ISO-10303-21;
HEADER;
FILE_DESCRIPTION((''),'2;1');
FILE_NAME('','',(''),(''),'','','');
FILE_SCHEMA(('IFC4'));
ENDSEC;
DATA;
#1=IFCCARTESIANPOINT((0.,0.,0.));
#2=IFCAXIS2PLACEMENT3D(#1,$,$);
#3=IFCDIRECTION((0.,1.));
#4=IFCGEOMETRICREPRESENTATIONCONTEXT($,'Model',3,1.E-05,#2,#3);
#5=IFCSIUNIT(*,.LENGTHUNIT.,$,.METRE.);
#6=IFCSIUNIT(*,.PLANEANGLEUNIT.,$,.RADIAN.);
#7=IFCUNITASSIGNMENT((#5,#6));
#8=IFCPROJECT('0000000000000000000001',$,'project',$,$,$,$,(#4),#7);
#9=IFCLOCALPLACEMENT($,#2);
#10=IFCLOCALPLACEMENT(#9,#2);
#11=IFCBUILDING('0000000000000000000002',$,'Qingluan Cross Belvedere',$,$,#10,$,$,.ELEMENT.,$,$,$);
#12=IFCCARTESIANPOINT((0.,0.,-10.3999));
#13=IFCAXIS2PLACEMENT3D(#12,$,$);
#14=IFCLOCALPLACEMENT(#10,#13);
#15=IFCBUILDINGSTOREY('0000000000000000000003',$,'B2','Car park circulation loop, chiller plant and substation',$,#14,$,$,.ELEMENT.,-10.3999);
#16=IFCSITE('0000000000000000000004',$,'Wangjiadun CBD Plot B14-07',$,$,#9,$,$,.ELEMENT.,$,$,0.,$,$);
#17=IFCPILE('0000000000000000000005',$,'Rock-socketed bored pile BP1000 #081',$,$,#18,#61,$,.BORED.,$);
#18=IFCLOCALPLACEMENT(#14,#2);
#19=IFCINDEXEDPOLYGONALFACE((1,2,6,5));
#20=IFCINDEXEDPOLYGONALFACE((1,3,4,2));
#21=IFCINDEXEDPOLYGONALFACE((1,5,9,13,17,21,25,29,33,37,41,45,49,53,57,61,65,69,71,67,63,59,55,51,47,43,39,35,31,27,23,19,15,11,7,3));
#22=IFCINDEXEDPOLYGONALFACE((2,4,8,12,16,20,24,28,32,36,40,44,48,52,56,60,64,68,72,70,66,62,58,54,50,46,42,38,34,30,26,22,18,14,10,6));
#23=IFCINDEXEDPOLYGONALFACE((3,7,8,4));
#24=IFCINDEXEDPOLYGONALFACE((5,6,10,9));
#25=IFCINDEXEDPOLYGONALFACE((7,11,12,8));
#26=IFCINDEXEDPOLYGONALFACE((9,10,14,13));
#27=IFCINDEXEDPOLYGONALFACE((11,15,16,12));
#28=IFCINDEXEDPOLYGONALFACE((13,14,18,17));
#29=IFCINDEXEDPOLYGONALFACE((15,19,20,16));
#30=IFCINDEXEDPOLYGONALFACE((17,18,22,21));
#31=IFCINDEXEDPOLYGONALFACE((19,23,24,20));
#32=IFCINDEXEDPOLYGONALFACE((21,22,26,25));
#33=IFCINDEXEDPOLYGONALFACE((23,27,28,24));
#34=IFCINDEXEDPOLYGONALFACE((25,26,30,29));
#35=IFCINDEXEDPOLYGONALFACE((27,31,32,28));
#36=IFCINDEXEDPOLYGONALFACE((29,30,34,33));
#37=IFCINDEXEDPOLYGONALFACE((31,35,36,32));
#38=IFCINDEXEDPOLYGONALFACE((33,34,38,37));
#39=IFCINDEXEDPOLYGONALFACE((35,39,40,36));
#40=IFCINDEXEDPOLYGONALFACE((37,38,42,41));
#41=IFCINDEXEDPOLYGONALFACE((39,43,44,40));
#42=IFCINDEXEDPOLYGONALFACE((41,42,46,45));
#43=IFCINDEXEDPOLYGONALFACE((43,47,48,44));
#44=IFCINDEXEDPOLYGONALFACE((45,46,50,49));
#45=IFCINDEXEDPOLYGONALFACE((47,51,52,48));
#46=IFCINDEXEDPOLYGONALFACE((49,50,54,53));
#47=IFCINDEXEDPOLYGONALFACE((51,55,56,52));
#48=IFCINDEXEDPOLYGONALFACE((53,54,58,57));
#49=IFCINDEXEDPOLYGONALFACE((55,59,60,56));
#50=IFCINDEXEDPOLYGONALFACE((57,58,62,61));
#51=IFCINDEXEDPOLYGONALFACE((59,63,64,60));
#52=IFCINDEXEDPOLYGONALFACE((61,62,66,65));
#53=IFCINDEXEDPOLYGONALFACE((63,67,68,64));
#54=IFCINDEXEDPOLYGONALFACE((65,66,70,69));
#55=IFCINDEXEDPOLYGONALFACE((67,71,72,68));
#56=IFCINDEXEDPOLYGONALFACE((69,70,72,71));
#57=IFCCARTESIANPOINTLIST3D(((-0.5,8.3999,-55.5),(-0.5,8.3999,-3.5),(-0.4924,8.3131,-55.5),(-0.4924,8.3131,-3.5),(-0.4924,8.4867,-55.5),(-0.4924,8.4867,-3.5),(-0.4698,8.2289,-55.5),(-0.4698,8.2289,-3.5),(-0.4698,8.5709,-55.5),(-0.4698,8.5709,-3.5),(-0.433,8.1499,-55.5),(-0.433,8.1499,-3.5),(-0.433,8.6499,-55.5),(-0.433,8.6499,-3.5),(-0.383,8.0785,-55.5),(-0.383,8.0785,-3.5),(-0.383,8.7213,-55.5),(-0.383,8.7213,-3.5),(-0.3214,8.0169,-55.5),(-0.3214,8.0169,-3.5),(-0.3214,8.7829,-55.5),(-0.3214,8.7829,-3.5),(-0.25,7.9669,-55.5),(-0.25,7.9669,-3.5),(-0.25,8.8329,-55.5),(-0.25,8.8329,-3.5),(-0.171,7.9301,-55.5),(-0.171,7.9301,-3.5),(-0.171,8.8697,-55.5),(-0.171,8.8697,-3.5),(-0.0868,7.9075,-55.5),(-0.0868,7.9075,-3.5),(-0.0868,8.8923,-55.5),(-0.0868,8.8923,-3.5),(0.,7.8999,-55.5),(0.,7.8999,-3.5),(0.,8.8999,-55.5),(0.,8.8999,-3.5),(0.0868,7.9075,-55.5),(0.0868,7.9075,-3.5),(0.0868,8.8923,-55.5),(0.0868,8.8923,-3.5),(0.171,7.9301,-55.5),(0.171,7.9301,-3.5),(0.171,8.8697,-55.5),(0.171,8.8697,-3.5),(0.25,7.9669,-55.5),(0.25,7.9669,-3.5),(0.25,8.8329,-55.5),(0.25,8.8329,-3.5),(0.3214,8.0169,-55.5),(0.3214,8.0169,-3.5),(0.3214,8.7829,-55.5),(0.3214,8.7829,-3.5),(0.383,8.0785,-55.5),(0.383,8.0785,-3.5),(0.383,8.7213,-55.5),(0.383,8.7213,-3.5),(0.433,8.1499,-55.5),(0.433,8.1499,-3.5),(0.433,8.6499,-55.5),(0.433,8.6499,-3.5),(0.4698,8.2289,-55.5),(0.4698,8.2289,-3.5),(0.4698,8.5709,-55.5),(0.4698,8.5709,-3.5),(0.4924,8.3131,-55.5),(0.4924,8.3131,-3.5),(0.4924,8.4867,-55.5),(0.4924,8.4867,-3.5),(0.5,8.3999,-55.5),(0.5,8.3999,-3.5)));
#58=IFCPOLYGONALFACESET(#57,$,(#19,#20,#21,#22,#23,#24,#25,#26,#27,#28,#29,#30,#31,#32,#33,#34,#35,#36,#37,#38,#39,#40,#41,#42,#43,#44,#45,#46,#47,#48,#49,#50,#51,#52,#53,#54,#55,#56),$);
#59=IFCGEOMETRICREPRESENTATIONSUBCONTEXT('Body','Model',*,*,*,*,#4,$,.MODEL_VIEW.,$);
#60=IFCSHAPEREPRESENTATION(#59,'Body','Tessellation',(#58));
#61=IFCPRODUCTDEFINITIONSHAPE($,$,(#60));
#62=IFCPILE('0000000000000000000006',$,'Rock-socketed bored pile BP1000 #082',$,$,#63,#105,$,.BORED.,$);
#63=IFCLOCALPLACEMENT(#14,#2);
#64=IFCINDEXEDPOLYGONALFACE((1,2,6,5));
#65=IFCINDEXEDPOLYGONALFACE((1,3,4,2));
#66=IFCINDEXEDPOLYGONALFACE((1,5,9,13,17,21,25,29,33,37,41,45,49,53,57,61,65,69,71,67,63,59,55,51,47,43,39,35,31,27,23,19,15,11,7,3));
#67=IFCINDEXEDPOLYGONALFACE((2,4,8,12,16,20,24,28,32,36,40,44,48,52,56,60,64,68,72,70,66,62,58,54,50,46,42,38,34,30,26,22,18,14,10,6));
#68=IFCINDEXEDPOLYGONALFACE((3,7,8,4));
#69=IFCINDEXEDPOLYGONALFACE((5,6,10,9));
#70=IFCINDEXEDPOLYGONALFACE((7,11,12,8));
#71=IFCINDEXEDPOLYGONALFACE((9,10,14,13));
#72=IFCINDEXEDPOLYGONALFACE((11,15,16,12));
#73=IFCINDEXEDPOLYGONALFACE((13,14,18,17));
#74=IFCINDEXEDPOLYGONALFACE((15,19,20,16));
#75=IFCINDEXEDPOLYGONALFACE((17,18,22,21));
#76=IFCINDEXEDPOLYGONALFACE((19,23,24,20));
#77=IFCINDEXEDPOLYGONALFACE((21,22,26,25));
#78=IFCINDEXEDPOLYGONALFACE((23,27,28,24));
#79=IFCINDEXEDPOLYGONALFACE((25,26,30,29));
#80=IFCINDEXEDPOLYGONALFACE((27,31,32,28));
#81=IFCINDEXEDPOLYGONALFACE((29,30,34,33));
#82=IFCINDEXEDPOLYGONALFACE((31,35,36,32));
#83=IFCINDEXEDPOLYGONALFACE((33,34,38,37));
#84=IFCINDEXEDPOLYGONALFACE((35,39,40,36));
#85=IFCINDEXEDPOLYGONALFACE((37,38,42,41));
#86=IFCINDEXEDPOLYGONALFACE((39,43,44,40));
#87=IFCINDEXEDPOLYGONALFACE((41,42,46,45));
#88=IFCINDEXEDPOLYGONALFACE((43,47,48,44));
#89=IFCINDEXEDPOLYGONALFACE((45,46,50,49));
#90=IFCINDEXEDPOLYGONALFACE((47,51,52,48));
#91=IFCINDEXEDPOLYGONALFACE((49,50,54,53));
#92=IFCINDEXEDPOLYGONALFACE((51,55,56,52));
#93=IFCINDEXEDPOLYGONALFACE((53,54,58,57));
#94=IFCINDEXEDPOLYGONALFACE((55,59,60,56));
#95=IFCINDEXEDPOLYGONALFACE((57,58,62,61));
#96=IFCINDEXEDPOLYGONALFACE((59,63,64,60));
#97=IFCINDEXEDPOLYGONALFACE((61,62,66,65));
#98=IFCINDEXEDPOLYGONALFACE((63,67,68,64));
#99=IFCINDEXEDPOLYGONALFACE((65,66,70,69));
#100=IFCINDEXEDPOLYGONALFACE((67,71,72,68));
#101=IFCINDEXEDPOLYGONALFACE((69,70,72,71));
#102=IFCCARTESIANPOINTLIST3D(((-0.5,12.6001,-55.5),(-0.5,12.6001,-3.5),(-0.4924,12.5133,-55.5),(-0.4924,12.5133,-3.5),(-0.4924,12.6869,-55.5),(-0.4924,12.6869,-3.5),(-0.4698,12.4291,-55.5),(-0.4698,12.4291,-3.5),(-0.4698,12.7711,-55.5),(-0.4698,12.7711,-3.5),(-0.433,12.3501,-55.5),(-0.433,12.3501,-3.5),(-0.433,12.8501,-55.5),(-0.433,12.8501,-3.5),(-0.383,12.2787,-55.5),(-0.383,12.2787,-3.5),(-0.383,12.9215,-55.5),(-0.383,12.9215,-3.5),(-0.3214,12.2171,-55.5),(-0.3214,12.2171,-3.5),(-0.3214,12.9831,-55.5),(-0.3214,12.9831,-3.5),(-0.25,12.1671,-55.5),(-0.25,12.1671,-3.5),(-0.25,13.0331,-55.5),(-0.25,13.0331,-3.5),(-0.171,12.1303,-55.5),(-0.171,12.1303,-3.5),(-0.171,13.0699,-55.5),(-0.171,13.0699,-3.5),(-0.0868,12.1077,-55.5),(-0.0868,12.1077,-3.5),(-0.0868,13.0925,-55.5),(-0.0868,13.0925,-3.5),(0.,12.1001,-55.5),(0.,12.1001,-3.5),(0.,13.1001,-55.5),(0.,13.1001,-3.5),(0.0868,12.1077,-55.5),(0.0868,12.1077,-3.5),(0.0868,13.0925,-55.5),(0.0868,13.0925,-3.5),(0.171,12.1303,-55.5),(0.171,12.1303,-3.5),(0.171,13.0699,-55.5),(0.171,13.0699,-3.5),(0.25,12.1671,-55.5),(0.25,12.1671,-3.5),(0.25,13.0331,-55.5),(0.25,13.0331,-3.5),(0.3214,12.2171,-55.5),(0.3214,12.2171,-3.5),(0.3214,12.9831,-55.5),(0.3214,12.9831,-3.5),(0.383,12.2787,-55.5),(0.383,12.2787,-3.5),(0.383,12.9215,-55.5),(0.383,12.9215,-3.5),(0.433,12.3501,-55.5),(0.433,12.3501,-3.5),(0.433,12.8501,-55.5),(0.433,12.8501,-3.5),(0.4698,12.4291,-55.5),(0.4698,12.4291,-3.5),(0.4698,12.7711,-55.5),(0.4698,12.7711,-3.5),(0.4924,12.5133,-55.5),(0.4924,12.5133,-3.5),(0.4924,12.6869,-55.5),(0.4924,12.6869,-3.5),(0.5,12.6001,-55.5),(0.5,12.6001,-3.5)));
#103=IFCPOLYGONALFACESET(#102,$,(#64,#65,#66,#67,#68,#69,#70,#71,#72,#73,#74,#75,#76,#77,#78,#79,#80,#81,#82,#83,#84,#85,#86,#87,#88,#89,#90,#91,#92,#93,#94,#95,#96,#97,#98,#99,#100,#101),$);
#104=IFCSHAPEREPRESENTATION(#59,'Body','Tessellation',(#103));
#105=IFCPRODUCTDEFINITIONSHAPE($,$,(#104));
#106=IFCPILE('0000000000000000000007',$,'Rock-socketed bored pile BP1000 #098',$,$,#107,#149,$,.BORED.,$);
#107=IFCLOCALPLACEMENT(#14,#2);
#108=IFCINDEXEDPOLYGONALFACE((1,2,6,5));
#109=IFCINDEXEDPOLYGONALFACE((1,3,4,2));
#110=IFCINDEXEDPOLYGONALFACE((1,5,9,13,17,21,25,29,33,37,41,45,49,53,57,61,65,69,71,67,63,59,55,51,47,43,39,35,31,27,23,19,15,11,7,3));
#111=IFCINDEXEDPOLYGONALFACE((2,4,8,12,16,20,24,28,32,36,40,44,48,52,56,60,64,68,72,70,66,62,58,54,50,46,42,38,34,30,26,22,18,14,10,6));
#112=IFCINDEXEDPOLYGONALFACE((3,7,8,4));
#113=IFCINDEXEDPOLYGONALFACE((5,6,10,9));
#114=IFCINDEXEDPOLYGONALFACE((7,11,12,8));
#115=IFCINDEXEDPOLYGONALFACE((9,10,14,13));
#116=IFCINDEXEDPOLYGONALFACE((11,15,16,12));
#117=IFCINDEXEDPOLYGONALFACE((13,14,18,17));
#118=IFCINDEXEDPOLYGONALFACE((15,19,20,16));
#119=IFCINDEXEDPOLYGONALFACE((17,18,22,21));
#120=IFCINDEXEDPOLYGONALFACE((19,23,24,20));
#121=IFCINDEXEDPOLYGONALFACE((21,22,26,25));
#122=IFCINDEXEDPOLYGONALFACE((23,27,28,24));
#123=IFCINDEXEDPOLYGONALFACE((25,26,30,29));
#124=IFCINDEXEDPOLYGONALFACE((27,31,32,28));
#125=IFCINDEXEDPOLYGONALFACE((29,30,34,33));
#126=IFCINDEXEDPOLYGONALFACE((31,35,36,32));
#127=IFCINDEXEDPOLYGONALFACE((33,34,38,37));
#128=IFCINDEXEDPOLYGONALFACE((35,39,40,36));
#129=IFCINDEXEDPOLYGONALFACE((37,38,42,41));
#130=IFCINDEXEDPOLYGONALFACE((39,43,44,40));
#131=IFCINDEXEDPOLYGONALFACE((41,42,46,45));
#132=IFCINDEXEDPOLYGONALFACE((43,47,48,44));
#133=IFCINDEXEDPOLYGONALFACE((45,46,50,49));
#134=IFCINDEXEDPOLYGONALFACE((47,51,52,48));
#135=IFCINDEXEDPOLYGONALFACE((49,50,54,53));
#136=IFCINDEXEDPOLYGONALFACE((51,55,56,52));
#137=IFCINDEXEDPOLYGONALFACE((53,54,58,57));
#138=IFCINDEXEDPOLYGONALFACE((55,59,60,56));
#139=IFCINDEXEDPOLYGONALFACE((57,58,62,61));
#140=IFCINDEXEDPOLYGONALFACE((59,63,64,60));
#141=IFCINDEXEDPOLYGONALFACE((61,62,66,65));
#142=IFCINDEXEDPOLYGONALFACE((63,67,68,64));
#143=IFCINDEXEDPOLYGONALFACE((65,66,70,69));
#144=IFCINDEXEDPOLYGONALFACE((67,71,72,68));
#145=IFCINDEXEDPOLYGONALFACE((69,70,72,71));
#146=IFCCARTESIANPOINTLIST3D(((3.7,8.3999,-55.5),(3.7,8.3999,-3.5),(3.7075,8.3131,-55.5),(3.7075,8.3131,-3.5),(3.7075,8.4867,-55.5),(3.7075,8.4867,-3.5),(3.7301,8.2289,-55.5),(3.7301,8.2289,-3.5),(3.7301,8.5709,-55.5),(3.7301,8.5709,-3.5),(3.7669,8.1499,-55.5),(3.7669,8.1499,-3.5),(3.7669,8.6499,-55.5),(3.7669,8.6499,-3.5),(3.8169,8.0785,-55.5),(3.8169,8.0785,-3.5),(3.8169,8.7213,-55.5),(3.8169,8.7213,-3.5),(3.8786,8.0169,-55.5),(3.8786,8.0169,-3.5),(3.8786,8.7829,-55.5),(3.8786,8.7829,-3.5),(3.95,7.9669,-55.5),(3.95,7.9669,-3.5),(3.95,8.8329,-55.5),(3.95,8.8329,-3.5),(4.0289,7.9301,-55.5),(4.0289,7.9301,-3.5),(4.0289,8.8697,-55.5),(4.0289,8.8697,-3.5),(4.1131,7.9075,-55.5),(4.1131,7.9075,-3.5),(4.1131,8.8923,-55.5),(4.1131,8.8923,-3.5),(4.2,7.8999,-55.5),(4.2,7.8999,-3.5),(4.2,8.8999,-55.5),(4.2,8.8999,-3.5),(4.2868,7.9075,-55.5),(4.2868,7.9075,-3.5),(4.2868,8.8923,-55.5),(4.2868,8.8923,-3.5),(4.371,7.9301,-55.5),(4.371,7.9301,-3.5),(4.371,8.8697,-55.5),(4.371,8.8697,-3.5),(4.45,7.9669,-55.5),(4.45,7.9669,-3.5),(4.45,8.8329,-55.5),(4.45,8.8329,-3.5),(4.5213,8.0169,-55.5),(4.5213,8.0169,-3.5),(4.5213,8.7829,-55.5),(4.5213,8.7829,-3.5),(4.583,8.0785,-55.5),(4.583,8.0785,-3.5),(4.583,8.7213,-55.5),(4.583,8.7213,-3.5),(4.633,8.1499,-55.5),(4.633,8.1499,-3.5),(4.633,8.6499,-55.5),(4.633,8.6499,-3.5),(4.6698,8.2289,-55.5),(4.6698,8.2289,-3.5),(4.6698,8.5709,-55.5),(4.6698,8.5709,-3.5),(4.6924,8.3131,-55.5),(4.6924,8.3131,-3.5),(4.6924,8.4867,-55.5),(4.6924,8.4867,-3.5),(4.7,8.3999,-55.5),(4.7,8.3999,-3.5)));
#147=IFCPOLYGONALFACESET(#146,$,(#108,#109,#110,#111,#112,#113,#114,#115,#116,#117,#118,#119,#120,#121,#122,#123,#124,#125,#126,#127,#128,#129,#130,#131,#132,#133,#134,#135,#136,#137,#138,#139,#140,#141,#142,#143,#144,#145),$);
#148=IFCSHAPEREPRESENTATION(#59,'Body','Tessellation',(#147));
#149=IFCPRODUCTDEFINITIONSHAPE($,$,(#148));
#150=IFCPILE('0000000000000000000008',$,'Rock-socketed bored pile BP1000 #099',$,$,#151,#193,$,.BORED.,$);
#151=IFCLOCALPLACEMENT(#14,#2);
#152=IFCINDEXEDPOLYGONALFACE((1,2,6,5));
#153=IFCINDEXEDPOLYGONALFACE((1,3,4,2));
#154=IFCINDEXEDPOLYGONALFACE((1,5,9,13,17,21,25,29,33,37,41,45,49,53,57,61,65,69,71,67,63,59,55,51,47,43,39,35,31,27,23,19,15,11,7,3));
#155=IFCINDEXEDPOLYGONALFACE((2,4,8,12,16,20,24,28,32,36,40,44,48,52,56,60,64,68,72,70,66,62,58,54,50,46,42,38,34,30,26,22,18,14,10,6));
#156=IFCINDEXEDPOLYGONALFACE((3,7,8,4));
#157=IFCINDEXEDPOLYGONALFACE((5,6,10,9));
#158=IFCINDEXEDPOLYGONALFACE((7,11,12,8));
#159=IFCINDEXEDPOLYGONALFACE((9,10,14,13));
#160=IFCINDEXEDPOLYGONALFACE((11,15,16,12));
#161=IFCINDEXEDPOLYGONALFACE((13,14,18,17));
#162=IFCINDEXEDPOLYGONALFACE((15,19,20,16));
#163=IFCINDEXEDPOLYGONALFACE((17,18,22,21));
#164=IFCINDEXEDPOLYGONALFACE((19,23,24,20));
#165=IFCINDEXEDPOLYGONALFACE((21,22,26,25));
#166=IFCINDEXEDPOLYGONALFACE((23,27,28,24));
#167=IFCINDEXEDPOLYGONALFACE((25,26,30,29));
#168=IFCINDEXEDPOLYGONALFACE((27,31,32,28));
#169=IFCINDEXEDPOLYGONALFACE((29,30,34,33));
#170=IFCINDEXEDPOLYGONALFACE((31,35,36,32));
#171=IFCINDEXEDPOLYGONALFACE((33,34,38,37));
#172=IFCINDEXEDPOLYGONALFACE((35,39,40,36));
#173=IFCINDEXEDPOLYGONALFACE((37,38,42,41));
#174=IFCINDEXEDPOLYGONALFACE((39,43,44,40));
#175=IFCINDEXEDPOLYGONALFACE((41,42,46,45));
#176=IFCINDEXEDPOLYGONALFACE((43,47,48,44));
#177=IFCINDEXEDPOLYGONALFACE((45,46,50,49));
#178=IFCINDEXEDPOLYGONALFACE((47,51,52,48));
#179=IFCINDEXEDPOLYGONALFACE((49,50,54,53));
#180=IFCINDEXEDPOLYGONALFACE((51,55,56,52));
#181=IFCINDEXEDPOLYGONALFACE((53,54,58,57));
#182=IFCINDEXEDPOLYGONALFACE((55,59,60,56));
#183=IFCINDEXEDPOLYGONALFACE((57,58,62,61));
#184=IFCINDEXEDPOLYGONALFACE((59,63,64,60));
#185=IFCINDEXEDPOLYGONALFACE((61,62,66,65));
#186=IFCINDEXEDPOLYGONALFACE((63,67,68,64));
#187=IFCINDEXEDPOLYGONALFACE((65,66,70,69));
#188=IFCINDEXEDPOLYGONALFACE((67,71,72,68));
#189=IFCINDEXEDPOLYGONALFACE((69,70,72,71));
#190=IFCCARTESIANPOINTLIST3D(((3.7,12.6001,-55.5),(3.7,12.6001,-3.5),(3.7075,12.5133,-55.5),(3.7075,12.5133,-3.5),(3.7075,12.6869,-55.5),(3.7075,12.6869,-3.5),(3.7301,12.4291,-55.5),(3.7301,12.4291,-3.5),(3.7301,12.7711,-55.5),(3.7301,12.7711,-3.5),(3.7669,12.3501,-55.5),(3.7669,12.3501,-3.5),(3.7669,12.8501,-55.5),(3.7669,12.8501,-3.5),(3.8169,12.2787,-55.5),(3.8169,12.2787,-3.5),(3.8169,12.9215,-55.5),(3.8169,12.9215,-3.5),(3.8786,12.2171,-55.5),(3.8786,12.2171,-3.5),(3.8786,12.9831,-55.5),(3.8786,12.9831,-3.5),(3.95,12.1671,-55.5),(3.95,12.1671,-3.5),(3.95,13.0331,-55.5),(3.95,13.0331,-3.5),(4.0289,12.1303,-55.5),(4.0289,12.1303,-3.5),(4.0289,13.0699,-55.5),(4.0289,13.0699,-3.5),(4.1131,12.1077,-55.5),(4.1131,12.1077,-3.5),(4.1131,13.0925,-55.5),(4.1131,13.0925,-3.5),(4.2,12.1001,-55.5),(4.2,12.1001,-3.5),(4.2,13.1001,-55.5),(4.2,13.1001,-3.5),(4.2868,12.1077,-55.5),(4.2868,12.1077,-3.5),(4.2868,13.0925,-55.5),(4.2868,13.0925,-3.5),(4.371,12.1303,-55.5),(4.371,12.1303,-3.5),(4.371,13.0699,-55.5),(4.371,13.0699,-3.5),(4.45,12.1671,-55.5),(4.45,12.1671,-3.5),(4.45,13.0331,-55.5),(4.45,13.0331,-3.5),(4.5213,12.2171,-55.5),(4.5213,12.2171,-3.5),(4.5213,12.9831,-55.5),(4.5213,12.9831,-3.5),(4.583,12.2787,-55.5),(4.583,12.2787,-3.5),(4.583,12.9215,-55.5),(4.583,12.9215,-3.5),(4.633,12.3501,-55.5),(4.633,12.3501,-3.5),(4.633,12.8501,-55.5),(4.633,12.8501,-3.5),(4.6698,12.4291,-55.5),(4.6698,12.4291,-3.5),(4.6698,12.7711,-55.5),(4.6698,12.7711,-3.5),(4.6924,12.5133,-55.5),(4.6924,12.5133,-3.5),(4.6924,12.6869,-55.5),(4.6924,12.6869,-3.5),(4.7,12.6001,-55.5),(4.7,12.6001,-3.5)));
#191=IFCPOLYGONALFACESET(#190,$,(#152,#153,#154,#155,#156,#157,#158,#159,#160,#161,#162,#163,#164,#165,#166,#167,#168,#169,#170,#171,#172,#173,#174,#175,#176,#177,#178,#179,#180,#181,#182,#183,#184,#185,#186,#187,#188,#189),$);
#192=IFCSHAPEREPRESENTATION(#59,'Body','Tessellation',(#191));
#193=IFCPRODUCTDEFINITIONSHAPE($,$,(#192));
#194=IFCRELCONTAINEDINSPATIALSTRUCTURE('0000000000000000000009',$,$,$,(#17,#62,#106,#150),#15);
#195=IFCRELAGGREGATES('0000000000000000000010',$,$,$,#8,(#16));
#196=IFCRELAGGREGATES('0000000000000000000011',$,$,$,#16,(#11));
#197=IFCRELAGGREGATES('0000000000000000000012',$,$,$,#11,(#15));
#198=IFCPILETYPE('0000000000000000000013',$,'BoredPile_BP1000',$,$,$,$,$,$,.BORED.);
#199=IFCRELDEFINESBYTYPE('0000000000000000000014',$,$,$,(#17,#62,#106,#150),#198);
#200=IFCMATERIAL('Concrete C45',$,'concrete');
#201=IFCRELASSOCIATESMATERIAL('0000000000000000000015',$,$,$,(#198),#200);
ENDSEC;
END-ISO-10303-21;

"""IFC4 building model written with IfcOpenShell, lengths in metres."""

from ifc_helpers import new_model, si_unit, direction, frame, origin, origin_2d, place, context, subcontext, project, spatial, circle, extrude, material, material_profile, profile_set, type_object, element, save


model = new_model("IFC4")

# Units and contexts
model_context = context("Model", 3, precision=1e-05, world=origin(), true_north=direction((0.0, 1.0)))
body_context = subcontext(model_context, "Body", "Model", "MODEL_VIEW")
ifc_project = project(units=[si_unit("LENGTHUNIT", "METRE"), si_unit("PLANEANGLEUNIT", "RADIAN")], contexts=[model_context])

# Site, building, storey
site_placement = place(None, origin())
site = spatial("IfcSite", under=ifc_project, at=site_placement, Name="Wangjiadun CBD Plot B14-07", CompositionType="ELEMENT", RefElevation=0.0)
building_placement = place(site_placement, origin())
building = spatial("IfcBuilding", under=site, at=building_placement, Name="Qingluan Cross Belvedere", CompositionType="ELEMENT")
storey_placement = place(building_placement, frame((0.0, 0.0, -10.3999)))
storey = spatial("IfcBuildingStorey", under=building, at=storey_placement, Name="B2", Description="Car park circulation loop, chiller plant and substation", CompositionType="ELEMENT", Elevation=-10.3999)

# Piles
ifc_material_1 = material(Name="Concrete C45", Category="concrete")
ifc_material_profile_1 = material_profile(ifc_material_1, circle(Radius=0.5, at=origin_2d()), Name="BP1000")
ifc_profile_set_1 = profile_set([ifc_material_profile_1], Name="Concrete C45")
pile_type_1 = type_object("IfcPileType", Name="BoredPile_BP1000", PredefinedType="BORED", material=ifc_profile_set_1)
for number, where, z_axis, x_axis, name in (
    (1, (0.0, 8.3999, -3.5), (0.0, 0.0, -1.0), (1.0, 0.0, 0.0), "Rock-socketed bored pile BP1000 #081"),
    (2, (0.0, 12.6001, -3.5), (0.0, 0.0, -1.0), (1.0, 0.0, 0.0), "Rock-socketed bored pile BP1000 #082"),
    (3, (4.2, 8.3999, -3.5), (0.0, 0.0, -1.0), (1.0, 0.0, 0.0), "Rock-socketed bored pile BP1000 #098"),
    (4, (4.2, 12.6001, -3.5), (0.0, 0.0, -1.0), (1.0, 0.0, 0.0), "Rock-socketed bored pile BP1000 #099"),
):
    element("IfcPile", number, at=place(storey_placement, frame(where, z_axis=z_axis, x_axis=x_axis)), inside=storey, type_object=pile_type_1, Name=name, PredefinedType="BORED", context=body_context, shape_type="SweptSolid", body=[
        extrude(circle(Radius=0.5, at=origin_2d()), origin(), (0.0, 0.0, 1.0), 52.0),
    ])

save(model, "model.ifc")
